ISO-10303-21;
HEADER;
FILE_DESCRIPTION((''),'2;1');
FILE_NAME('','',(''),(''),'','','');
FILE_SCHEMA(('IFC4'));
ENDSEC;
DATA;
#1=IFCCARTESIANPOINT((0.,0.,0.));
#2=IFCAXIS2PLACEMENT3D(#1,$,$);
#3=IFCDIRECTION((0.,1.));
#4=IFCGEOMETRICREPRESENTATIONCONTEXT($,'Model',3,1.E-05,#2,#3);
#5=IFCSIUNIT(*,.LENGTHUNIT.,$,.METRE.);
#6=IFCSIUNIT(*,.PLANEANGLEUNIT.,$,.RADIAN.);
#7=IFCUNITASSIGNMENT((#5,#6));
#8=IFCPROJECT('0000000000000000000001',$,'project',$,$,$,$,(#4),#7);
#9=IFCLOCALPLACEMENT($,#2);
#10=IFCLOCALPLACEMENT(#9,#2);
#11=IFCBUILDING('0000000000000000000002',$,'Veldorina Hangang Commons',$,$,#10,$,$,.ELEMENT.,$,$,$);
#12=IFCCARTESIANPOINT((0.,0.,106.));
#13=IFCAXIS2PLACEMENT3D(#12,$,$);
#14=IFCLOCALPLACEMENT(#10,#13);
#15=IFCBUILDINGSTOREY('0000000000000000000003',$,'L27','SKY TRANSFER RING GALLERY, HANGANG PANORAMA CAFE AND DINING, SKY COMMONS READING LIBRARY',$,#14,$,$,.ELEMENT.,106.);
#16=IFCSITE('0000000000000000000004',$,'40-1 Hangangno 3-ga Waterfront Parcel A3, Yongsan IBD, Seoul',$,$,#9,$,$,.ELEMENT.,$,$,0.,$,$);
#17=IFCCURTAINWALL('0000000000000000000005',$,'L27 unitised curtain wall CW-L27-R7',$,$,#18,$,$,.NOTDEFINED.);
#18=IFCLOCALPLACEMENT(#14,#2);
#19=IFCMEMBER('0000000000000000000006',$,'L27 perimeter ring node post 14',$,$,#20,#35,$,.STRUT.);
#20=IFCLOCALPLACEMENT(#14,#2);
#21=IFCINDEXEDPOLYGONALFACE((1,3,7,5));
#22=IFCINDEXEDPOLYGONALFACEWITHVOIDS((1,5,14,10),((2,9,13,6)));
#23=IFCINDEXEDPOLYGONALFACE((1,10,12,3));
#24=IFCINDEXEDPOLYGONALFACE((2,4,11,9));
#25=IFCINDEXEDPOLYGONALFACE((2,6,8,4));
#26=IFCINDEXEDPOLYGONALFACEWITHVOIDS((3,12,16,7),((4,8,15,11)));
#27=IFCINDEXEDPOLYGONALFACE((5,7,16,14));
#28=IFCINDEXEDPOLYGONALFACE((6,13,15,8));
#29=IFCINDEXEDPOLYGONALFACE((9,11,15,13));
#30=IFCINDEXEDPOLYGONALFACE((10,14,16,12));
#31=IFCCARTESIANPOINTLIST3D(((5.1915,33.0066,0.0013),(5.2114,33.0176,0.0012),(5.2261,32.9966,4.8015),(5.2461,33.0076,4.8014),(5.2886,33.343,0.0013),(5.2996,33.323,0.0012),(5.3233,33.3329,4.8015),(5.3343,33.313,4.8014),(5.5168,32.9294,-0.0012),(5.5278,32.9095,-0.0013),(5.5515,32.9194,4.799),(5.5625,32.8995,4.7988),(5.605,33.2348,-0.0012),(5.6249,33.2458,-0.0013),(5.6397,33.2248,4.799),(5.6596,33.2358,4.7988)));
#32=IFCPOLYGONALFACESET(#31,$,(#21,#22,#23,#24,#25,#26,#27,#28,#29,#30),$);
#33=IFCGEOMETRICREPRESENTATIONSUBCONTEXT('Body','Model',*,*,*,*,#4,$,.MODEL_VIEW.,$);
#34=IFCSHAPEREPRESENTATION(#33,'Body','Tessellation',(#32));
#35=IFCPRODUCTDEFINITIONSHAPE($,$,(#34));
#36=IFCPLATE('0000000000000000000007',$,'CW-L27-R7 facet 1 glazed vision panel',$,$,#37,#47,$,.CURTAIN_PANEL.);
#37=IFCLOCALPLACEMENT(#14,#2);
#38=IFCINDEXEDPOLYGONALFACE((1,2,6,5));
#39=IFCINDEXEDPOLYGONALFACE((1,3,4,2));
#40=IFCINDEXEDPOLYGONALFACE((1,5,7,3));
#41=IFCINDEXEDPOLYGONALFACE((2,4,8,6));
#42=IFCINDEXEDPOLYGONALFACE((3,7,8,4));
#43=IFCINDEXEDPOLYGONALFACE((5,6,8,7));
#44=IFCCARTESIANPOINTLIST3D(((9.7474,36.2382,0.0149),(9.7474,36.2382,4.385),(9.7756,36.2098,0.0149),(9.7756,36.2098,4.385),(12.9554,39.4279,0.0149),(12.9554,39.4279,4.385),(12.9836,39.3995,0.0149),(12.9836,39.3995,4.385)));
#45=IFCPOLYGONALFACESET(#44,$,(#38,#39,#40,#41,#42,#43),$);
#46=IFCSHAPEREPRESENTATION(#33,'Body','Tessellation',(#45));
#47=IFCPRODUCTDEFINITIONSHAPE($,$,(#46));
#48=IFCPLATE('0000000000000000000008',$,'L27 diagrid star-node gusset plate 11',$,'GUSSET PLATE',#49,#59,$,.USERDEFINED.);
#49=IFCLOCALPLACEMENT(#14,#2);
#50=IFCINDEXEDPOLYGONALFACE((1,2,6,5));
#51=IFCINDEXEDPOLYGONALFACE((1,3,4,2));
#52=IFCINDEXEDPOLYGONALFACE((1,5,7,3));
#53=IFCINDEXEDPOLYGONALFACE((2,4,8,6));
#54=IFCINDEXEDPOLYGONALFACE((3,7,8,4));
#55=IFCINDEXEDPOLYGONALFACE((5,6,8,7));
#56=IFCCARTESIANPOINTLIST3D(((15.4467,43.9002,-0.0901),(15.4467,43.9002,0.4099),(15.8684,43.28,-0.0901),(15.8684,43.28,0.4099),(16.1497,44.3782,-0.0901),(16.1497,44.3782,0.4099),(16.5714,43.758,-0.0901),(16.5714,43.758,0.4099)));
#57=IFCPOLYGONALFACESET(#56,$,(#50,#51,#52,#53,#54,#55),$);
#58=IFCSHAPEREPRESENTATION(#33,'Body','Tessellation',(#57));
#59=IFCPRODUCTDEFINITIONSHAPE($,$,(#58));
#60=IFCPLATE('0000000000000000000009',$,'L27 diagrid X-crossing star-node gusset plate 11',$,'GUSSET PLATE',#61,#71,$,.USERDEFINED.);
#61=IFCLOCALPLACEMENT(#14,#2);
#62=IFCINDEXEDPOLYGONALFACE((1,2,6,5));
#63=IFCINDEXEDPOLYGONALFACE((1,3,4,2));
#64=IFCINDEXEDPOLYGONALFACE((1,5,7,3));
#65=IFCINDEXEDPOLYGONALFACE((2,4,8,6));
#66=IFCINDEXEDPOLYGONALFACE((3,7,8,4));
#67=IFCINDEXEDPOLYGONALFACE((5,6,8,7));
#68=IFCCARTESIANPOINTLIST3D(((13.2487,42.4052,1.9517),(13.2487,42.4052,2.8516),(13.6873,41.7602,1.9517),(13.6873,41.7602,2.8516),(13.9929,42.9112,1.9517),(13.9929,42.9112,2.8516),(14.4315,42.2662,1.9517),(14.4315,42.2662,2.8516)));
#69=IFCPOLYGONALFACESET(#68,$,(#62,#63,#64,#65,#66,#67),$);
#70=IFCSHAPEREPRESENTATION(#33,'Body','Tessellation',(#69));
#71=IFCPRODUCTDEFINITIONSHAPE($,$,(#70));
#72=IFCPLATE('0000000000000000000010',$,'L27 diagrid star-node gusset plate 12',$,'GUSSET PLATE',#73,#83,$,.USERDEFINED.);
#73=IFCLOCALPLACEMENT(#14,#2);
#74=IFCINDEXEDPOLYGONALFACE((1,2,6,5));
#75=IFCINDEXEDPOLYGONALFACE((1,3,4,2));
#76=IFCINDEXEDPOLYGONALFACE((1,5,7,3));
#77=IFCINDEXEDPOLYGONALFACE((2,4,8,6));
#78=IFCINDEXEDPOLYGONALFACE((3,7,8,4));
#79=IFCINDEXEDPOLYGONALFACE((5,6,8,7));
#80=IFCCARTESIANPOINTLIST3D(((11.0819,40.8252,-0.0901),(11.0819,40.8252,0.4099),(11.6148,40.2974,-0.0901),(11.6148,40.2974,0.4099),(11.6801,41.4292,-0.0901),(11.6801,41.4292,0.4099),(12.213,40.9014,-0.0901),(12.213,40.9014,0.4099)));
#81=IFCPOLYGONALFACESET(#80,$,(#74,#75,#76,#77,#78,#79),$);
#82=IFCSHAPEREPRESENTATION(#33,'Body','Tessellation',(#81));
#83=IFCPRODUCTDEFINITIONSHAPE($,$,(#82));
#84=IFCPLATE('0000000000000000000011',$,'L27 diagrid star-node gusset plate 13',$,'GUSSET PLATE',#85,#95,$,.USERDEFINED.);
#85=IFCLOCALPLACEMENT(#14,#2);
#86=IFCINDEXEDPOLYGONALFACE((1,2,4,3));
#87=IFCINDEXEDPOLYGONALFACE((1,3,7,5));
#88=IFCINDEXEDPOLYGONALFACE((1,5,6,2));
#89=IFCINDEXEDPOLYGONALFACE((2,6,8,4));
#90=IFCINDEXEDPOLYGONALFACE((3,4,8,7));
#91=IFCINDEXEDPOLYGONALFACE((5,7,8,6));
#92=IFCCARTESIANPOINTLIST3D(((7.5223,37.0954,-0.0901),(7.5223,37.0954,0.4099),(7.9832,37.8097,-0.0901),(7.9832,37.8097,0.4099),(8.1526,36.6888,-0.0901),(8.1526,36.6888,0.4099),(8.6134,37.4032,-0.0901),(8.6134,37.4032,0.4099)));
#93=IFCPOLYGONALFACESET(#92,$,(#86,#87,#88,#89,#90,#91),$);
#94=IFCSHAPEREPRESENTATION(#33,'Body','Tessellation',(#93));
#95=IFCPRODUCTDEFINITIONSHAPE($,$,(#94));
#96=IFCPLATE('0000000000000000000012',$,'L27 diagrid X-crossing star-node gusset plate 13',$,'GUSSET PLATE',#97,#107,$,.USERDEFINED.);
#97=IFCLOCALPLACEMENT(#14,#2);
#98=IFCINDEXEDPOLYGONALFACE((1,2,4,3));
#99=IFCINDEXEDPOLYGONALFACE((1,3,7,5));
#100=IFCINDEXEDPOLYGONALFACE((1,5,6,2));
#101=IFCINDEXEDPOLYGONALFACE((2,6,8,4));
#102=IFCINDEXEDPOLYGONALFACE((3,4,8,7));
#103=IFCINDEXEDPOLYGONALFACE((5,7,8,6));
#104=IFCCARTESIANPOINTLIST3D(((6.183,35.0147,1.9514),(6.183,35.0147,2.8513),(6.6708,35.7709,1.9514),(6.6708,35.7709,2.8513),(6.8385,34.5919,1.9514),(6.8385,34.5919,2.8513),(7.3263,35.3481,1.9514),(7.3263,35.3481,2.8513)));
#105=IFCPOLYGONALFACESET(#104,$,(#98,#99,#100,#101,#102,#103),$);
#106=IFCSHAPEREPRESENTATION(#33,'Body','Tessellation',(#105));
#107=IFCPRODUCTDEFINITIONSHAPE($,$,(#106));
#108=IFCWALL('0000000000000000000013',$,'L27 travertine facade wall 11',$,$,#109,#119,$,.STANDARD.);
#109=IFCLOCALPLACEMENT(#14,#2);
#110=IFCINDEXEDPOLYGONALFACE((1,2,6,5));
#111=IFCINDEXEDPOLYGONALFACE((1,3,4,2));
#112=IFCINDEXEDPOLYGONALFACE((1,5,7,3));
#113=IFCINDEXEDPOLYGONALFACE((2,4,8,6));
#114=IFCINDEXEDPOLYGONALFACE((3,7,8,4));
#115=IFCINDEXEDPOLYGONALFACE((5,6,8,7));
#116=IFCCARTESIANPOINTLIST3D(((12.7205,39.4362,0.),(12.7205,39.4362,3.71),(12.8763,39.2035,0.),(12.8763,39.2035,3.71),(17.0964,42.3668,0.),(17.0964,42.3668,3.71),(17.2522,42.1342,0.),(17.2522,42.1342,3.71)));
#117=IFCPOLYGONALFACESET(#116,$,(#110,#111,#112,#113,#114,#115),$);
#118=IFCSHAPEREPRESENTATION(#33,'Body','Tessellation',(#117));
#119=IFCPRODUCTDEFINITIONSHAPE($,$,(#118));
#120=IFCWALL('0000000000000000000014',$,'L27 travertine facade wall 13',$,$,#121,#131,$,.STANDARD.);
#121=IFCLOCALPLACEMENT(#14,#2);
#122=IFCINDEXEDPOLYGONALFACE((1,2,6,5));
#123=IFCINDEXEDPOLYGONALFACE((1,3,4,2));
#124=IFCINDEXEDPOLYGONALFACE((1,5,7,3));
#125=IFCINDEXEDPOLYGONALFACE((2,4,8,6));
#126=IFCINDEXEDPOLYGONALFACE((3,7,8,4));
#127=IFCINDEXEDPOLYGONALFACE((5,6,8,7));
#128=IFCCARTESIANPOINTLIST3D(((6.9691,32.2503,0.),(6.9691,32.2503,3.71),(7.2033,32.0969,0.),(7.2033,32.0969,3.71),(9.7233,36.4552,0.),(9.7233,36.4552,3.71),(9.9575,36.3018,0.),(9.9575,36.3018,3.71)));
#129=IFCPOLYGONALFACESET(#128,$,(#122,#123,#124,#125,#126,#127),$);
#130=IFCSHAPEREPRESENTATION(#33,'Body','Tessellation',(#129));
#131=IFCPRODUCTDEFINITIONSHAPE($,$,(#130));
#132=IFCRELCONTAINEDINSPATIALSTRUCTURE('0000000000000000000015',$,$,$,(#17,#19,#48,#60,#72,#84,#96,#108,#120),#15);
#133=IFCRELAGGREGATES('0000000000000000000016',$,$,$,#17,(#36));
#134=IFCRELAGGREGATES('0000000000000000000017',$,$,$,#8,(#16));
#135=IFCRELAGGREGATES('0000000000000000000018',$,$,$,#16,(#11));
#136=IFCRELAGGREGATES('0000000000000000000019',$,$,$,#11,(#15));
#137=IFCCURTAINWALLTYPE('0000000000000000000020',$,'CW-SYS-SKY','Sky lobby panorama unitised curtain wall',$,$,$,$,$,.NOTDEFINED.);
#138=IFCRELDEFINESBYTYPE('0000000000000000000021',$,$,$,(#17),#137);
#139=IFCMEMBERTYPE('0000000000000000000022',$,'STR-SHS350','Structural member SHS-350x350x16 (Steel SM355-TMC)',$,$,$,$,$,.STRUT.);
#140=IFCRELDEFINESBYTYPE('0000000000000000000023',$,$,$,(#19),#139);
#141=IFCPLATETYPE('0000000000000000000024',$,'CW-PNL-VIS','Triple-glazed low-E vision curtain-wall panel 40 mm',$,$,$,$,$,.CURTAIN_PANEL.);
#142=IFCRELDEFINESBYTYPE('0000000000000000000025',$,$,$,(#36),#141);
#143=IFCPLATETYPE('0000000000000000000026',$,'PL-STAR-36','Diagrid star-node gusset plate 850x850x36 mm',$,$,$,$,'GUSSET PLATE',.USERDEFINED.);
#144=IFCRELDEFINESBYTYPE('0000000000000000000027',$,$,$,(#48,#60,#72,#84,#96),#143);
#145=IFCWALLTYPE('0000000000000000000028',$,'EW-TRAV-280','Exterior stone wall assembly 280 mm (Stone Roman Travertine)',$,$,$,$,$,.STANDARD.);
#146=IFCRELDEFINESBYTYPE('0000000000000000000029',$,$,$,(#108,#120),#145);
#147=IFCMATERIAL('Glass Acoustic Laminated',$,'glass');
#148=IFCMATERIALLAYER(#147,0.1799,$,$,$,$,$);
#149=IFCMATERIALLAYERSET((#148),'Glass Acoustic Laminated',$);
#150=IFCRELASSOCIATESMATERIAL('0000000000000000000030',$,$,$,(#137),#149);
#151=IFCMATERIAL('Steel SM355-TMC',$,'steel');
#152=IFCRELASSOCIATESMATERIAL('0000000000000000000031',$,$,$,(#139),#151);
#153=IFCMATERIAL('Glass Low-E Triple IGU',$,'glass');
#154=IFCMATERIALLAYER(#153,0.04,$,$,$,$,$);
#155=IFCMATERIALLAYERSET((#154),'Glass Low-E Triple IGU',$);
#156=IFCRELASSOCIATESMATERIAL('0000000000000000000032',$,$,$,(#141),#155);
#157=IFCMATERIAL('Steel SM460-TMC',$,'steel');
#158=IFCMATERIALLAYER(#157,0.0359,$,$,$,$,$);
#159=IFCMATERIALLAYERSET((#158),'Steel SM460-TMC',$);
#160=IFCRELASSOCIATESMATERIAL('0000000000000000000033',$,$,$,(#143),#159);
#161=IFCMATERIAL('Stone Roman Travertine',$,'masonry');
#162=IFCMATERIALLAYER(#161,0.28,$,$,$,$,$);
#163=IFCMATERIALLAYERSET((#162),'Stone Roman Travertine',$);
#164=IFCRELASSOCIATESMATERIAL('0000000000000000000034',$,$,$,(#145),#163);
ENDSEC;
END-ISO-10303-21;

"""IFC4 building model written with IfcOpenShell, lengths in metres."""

from ifc_helpers import new_model, si_unit, direction, frame, frame_2d, origin, origin_2d, place, context, subcontext, project, spatial, rectangle, hollow_rectangle, extrude, material, layer, layer_set, material_profile, profile_set, type_object, element, aggregate, save


model = new_model("IFC4")

# Units and contexts
model_context = context("Model", 3, precision=1e-05, world=origin(), true_north=direction((0.0, 1.0)))
body_context = subcontext(model_context, "Body", "Model", "MODEL_VIEW")
ifc_project = project(units=[si_unit("LENGTHUNIT", "METRE"), si_unit("PLANEANGLEUNIT", "RADIAN")], contexts=[model_context])

# Site, building, storey
site_placement = place(None, origin())
site = spatial("IfcSite", under=ifc_project, at=site_placement, Name="40-1 Hangangno 3-ga Waterfront Parcel A3, Yongsan IBD, Seoul", CompositionType="ELEMENT", RefElevation=0.0)
building_placement = place(site_placement, origin())
building = spatial("IfcBuilding", under=site, at=building_placement, Name="Veldorina Hangang Commons", CompositionType="ELEMENT")
storey_placement = place(building_placement, frame((0.0, 0.0, 106.0)))
storey = spatial("IfcBuildingStorey", under=building, at=storey_placement, Name="L27", Description="SKY TRANSFER RING GALLERY, HANGANG PANORAMA CAFE AND DINING, SKY COMMONS READING LIBRARY", CompositionType="ELEMENT", Elevation=106.0)

# Shared definitions
ifc_material_1 = material(Name="Steel SM355-TMC", Category="steel")

# Shared definitions
ifc_material_2 = material(Name="Glass Acoustic Laminated", Category="glass")
ifc_layer_1 = layer(ifc_material_2, 0.1799)
ifc_layer_set_1 = layer_set([ifc_layer_1], Name="Glass Acoustic Laminated")
curtain_wall_type = type_object("IfcCurtainWallType", Name="CW-SYS-SKY", Description="Sky lobby panorama unitised curtain wall", PredefinedType="NOTDEFINED", material=ifc_layer_set_1)

# Curtain wall
curtain_wall_1_placement = place(storey_placement, origin())
curtain_wall_1 = element("IfcCurtainWall", 1, at=curtain_wall_1_placement, inside=storey, type_object=curtain_wall_type, Name="L27 unitised curtain wall CW-L27-R7", PredefinedType="NOTDEFINED")

# Member
ifc_material_3 = material(Name="Steel SM460-TMC", Category="steel")
ifc_material_profile_1 = material_profile(ifc_material_1, hollow_rectangle(XDim=0.3501, YDim=0.3501, WallThickness=0.0161, at=origin_2d()), Name="SHS-350x350x16")
ifc_profile_set_1 = profile_set([ifc_material_profile_1], Name="Steel SM355-TMC")
member_type_1 = type_object("IfcMemberType", Name="STR-SHS350", Description="Structural member SHS-350x350x16 (Steel SM355-TMC)", PredefinedType="STRUT", material=ifc_profile_set_1)
for number, where, z_axis, x_axis, name in (
    (2, (5.4082, 33.1262, 0.0), (0.007222, -0.002085, 0.999972), (0.277401, 0.960754, 0.0), "L27 perimeter ring node post 14"),
):
    element("IfcMember", number, at=place(storey_placement, frame(where, z_axis=z_axis, x_axis=x_axis)), inside=storey, type_object=member_type_1, Name=name, PredefinedType="STRUT", context=body_context, shape_type="SweptSolid", body=[
        extrude(hollow_rectangle(XDim=0.3501, YDim=0.3501, WallThickness=0.0161, at=origin_2d()), origin(), (0.0, 0.0, 1.0), 4.8003),
    ])

# Plate
ifc_material_4 = material(Name="Glass Low-E Triple IGU", Category="glass")
ifc_layer_2 = layer(ifc_material_4, 0.04)
ifc_layer_set_2 = layer_set([ifc_layer_2], Name="Glass Low-E Triple IGU")
plate_type_1 = type_object("IfcPlateType", Name="CW-PNL-VIS", Description="Triple-glazed low-E vision curtain-wall panel 40 mm", PredefinedType="CURTAIN_PANEL", material=ifc_layer_set_2)
plate_1_placement = place(storey_placement, frame((11.3655, 37.8188, 0.0149), z_axis=(0.0, 0.0, 1.0), x_axis=(-0.709116, -0.705092, 0.0)))
plate_1 = element("IfcPlate", 3, at=plate_1_placement, type_object=plate_type_1, Name="CW-L27-R7 facet 1 glazed vision panel", PredefinedType="CURTAIN_PANEL", context=body_context, shape_type="SweptSolid", body=[
    extrude(rectangle(XDim=4.5239, YDim=0.04, at=origin_2d()), origin(), (0.0, 0.0, 1.0), 4.3701),
])
aggregate(curtain_wall_1, [plate_1])

# Plates
ifc_layer_3 = layer(ifc_material_3, 0.0359)
ifc_layer_set_3 = layer_set([ifc_layer_3], Name="Steel SM460-TMC")
plate_type_2 = type_object("IfcPlateType", Name="PL-STAR-36", Description="Diagrid star-node gusset plate 850x850x36 mm", ElementType="GUSSET PLATE", PredefinedType="USERDEFINED", material=ifc_layer_set_3)
plate_2_placement = place(storey_placement, frame((16.009, 43.8291, -0.0901), z_axis=(0.0, 0.0, 1.0), x_axis=(-0.826943, -0.562285, 0.0)))
element("IfcPlate", 4, at=plate_2_placement, inside=storey, type_object=plate_type_2, Name="L27 diagrid star-node gusset plate 11", ObjectType="GUSSET PLATE", PredefinedType="USERDEFINED", context=body_context, shape_type="SweptSolid", body=[
    extrude(rectangle(XDim=0.8501, YDim=0.75, at=origin_2d()), origin(), (0.0, 0.0, 1.0), 0.5),
])
plate_3_placement = place(storey_placement, frame((13.8401, 42.3357, 1.9517), z_axis=(0.0, 0.0, 1.0), x_axis=(-0.826943, -0.562285, 0.0)))
element("IfcPlate", 5, at=plate_3_placement, inside=storey, type_object=plate_type_2, Name="L27 diagrid X-crossing star-node gusset plate 11", ObjectType="GUSSET PLATE", PredefinedType="USERDEFINED", context=body_context, shape_type="SweptSolid", body=[
    extrude(rectangle(XDim=0.8999, YDim=0.78, at=origin_2d()), origin(), (0.0, 0.0, 1.0), 0.8999),
])
for number, where, z_axis, x_axis, name in (
    (6, (11.6475, 40.8633, -0.0901), (0.0, 0.0, 1.0), (-0.703717, -0.71048, 0.0), "L27 diagrid star-node gusset plate 12"),
    (7, (8.0679, 37.2493, -0.0901), (0.0, 0.0, 1.0), (-0.542104, -0.840311, 0.0), "L27 diagrid star-node gusset plate 13"),
):
    element("IfcPlate", number, at=place(storey_placement, frame(where, z_axis=z_axis, x_axis=x_axis)), inside=storey, type_object=plate_type_2, Name=name, ObjectType="GUSSET PLATE", PredefinedType="USERDEFINED", context=body_context, shape_type="SweptSolid", body=[
        extrude(rectangle(XDim=0.8501, YDim=0.75, at=origin_2d()), origin(), (0.0, 0.0, 1.0), 0.5),
    ])
plate_4_placement = place(storey_placement, frame((6.7546, 35.1814, 1.9514), z_axis=(0.0, 0.0, 1.0), x_axis=(-0.542104, -0.840311, 0.0)))
element("IfcPlate", 8, at=plate_4_placement, inside=storey, type_object=plate_type_2, Name="L27 diagrid X-crossing star-node gusset plate 13", ObjectType="GUSSET PLATE", PredefinedType="USERDEFINED", context=body_context, shape_type="SweptSolid", body=[
    extrude(rectangle(XDim=0.8999, YDim=0.78, at=origin_2d()), origin(), (0.0, 0.0, 1.0), 0.8999),
])

# Walls
ifc_material_5 = material(Name="Stone Roman Travertine", Category="masonry")
ifc_layer_4 = layer(ifc_material_5, 0.28)
ifc_layer_set_4 = layer_set([ifc_layer_4], Name="Stone Roman Travertine")
wall_type = type_object("IfcWallType", Name="EW-TRAV-280", Description="Exterior stone wall assembly 280 mm (Stone Roman Travertine)", PredefinedType="STANDARD", material=ifc_layer_set_4)
wall_1_placement = place(storey_placement, frame((17.1743, 42.2505, 0.0), z_axis=(0.0, 0.0, 1.0), x_axis=(-0.830879, -0.556453, 0.0)))
element("IfcWall", 9, at=wall_1_placement, inside=storey, type_object=wall_type, Name="L27 travertine facade wall 11", PredefinedType="STANDARD", context=body_context, shape_type="SweptSolid", body=[
    extrude(rectangle(XDim=5.2666, YDim=0.28, at=frame_2d((2.6333, 0.0))), origin(), (0.0, 0.0, 1.0), 3.71),
])
wall_2_placement = place(storey_placement, frame((9.8403, 36.3784, 0.0), z_axis=(0.0, 0.0, 1.0), x_axis=(-0.547923, -0.836529, 0.0)))
element("IfcWall", 10, at=wall_2_placement, inside=storey, type_object=wall_type, Name="L27 travertine facade wall 13", PredefinedType="STANDARD", context=body_context, shape_type="SweptSolid", body=[
    extrude(rectangle(XDim=5.0266, YDim=0.28, at=frame_2d((2.5132, 0.0))), origin(), (0.0, 0.0, 1.0), 3.71),
])

save(model, "model.ifc")
